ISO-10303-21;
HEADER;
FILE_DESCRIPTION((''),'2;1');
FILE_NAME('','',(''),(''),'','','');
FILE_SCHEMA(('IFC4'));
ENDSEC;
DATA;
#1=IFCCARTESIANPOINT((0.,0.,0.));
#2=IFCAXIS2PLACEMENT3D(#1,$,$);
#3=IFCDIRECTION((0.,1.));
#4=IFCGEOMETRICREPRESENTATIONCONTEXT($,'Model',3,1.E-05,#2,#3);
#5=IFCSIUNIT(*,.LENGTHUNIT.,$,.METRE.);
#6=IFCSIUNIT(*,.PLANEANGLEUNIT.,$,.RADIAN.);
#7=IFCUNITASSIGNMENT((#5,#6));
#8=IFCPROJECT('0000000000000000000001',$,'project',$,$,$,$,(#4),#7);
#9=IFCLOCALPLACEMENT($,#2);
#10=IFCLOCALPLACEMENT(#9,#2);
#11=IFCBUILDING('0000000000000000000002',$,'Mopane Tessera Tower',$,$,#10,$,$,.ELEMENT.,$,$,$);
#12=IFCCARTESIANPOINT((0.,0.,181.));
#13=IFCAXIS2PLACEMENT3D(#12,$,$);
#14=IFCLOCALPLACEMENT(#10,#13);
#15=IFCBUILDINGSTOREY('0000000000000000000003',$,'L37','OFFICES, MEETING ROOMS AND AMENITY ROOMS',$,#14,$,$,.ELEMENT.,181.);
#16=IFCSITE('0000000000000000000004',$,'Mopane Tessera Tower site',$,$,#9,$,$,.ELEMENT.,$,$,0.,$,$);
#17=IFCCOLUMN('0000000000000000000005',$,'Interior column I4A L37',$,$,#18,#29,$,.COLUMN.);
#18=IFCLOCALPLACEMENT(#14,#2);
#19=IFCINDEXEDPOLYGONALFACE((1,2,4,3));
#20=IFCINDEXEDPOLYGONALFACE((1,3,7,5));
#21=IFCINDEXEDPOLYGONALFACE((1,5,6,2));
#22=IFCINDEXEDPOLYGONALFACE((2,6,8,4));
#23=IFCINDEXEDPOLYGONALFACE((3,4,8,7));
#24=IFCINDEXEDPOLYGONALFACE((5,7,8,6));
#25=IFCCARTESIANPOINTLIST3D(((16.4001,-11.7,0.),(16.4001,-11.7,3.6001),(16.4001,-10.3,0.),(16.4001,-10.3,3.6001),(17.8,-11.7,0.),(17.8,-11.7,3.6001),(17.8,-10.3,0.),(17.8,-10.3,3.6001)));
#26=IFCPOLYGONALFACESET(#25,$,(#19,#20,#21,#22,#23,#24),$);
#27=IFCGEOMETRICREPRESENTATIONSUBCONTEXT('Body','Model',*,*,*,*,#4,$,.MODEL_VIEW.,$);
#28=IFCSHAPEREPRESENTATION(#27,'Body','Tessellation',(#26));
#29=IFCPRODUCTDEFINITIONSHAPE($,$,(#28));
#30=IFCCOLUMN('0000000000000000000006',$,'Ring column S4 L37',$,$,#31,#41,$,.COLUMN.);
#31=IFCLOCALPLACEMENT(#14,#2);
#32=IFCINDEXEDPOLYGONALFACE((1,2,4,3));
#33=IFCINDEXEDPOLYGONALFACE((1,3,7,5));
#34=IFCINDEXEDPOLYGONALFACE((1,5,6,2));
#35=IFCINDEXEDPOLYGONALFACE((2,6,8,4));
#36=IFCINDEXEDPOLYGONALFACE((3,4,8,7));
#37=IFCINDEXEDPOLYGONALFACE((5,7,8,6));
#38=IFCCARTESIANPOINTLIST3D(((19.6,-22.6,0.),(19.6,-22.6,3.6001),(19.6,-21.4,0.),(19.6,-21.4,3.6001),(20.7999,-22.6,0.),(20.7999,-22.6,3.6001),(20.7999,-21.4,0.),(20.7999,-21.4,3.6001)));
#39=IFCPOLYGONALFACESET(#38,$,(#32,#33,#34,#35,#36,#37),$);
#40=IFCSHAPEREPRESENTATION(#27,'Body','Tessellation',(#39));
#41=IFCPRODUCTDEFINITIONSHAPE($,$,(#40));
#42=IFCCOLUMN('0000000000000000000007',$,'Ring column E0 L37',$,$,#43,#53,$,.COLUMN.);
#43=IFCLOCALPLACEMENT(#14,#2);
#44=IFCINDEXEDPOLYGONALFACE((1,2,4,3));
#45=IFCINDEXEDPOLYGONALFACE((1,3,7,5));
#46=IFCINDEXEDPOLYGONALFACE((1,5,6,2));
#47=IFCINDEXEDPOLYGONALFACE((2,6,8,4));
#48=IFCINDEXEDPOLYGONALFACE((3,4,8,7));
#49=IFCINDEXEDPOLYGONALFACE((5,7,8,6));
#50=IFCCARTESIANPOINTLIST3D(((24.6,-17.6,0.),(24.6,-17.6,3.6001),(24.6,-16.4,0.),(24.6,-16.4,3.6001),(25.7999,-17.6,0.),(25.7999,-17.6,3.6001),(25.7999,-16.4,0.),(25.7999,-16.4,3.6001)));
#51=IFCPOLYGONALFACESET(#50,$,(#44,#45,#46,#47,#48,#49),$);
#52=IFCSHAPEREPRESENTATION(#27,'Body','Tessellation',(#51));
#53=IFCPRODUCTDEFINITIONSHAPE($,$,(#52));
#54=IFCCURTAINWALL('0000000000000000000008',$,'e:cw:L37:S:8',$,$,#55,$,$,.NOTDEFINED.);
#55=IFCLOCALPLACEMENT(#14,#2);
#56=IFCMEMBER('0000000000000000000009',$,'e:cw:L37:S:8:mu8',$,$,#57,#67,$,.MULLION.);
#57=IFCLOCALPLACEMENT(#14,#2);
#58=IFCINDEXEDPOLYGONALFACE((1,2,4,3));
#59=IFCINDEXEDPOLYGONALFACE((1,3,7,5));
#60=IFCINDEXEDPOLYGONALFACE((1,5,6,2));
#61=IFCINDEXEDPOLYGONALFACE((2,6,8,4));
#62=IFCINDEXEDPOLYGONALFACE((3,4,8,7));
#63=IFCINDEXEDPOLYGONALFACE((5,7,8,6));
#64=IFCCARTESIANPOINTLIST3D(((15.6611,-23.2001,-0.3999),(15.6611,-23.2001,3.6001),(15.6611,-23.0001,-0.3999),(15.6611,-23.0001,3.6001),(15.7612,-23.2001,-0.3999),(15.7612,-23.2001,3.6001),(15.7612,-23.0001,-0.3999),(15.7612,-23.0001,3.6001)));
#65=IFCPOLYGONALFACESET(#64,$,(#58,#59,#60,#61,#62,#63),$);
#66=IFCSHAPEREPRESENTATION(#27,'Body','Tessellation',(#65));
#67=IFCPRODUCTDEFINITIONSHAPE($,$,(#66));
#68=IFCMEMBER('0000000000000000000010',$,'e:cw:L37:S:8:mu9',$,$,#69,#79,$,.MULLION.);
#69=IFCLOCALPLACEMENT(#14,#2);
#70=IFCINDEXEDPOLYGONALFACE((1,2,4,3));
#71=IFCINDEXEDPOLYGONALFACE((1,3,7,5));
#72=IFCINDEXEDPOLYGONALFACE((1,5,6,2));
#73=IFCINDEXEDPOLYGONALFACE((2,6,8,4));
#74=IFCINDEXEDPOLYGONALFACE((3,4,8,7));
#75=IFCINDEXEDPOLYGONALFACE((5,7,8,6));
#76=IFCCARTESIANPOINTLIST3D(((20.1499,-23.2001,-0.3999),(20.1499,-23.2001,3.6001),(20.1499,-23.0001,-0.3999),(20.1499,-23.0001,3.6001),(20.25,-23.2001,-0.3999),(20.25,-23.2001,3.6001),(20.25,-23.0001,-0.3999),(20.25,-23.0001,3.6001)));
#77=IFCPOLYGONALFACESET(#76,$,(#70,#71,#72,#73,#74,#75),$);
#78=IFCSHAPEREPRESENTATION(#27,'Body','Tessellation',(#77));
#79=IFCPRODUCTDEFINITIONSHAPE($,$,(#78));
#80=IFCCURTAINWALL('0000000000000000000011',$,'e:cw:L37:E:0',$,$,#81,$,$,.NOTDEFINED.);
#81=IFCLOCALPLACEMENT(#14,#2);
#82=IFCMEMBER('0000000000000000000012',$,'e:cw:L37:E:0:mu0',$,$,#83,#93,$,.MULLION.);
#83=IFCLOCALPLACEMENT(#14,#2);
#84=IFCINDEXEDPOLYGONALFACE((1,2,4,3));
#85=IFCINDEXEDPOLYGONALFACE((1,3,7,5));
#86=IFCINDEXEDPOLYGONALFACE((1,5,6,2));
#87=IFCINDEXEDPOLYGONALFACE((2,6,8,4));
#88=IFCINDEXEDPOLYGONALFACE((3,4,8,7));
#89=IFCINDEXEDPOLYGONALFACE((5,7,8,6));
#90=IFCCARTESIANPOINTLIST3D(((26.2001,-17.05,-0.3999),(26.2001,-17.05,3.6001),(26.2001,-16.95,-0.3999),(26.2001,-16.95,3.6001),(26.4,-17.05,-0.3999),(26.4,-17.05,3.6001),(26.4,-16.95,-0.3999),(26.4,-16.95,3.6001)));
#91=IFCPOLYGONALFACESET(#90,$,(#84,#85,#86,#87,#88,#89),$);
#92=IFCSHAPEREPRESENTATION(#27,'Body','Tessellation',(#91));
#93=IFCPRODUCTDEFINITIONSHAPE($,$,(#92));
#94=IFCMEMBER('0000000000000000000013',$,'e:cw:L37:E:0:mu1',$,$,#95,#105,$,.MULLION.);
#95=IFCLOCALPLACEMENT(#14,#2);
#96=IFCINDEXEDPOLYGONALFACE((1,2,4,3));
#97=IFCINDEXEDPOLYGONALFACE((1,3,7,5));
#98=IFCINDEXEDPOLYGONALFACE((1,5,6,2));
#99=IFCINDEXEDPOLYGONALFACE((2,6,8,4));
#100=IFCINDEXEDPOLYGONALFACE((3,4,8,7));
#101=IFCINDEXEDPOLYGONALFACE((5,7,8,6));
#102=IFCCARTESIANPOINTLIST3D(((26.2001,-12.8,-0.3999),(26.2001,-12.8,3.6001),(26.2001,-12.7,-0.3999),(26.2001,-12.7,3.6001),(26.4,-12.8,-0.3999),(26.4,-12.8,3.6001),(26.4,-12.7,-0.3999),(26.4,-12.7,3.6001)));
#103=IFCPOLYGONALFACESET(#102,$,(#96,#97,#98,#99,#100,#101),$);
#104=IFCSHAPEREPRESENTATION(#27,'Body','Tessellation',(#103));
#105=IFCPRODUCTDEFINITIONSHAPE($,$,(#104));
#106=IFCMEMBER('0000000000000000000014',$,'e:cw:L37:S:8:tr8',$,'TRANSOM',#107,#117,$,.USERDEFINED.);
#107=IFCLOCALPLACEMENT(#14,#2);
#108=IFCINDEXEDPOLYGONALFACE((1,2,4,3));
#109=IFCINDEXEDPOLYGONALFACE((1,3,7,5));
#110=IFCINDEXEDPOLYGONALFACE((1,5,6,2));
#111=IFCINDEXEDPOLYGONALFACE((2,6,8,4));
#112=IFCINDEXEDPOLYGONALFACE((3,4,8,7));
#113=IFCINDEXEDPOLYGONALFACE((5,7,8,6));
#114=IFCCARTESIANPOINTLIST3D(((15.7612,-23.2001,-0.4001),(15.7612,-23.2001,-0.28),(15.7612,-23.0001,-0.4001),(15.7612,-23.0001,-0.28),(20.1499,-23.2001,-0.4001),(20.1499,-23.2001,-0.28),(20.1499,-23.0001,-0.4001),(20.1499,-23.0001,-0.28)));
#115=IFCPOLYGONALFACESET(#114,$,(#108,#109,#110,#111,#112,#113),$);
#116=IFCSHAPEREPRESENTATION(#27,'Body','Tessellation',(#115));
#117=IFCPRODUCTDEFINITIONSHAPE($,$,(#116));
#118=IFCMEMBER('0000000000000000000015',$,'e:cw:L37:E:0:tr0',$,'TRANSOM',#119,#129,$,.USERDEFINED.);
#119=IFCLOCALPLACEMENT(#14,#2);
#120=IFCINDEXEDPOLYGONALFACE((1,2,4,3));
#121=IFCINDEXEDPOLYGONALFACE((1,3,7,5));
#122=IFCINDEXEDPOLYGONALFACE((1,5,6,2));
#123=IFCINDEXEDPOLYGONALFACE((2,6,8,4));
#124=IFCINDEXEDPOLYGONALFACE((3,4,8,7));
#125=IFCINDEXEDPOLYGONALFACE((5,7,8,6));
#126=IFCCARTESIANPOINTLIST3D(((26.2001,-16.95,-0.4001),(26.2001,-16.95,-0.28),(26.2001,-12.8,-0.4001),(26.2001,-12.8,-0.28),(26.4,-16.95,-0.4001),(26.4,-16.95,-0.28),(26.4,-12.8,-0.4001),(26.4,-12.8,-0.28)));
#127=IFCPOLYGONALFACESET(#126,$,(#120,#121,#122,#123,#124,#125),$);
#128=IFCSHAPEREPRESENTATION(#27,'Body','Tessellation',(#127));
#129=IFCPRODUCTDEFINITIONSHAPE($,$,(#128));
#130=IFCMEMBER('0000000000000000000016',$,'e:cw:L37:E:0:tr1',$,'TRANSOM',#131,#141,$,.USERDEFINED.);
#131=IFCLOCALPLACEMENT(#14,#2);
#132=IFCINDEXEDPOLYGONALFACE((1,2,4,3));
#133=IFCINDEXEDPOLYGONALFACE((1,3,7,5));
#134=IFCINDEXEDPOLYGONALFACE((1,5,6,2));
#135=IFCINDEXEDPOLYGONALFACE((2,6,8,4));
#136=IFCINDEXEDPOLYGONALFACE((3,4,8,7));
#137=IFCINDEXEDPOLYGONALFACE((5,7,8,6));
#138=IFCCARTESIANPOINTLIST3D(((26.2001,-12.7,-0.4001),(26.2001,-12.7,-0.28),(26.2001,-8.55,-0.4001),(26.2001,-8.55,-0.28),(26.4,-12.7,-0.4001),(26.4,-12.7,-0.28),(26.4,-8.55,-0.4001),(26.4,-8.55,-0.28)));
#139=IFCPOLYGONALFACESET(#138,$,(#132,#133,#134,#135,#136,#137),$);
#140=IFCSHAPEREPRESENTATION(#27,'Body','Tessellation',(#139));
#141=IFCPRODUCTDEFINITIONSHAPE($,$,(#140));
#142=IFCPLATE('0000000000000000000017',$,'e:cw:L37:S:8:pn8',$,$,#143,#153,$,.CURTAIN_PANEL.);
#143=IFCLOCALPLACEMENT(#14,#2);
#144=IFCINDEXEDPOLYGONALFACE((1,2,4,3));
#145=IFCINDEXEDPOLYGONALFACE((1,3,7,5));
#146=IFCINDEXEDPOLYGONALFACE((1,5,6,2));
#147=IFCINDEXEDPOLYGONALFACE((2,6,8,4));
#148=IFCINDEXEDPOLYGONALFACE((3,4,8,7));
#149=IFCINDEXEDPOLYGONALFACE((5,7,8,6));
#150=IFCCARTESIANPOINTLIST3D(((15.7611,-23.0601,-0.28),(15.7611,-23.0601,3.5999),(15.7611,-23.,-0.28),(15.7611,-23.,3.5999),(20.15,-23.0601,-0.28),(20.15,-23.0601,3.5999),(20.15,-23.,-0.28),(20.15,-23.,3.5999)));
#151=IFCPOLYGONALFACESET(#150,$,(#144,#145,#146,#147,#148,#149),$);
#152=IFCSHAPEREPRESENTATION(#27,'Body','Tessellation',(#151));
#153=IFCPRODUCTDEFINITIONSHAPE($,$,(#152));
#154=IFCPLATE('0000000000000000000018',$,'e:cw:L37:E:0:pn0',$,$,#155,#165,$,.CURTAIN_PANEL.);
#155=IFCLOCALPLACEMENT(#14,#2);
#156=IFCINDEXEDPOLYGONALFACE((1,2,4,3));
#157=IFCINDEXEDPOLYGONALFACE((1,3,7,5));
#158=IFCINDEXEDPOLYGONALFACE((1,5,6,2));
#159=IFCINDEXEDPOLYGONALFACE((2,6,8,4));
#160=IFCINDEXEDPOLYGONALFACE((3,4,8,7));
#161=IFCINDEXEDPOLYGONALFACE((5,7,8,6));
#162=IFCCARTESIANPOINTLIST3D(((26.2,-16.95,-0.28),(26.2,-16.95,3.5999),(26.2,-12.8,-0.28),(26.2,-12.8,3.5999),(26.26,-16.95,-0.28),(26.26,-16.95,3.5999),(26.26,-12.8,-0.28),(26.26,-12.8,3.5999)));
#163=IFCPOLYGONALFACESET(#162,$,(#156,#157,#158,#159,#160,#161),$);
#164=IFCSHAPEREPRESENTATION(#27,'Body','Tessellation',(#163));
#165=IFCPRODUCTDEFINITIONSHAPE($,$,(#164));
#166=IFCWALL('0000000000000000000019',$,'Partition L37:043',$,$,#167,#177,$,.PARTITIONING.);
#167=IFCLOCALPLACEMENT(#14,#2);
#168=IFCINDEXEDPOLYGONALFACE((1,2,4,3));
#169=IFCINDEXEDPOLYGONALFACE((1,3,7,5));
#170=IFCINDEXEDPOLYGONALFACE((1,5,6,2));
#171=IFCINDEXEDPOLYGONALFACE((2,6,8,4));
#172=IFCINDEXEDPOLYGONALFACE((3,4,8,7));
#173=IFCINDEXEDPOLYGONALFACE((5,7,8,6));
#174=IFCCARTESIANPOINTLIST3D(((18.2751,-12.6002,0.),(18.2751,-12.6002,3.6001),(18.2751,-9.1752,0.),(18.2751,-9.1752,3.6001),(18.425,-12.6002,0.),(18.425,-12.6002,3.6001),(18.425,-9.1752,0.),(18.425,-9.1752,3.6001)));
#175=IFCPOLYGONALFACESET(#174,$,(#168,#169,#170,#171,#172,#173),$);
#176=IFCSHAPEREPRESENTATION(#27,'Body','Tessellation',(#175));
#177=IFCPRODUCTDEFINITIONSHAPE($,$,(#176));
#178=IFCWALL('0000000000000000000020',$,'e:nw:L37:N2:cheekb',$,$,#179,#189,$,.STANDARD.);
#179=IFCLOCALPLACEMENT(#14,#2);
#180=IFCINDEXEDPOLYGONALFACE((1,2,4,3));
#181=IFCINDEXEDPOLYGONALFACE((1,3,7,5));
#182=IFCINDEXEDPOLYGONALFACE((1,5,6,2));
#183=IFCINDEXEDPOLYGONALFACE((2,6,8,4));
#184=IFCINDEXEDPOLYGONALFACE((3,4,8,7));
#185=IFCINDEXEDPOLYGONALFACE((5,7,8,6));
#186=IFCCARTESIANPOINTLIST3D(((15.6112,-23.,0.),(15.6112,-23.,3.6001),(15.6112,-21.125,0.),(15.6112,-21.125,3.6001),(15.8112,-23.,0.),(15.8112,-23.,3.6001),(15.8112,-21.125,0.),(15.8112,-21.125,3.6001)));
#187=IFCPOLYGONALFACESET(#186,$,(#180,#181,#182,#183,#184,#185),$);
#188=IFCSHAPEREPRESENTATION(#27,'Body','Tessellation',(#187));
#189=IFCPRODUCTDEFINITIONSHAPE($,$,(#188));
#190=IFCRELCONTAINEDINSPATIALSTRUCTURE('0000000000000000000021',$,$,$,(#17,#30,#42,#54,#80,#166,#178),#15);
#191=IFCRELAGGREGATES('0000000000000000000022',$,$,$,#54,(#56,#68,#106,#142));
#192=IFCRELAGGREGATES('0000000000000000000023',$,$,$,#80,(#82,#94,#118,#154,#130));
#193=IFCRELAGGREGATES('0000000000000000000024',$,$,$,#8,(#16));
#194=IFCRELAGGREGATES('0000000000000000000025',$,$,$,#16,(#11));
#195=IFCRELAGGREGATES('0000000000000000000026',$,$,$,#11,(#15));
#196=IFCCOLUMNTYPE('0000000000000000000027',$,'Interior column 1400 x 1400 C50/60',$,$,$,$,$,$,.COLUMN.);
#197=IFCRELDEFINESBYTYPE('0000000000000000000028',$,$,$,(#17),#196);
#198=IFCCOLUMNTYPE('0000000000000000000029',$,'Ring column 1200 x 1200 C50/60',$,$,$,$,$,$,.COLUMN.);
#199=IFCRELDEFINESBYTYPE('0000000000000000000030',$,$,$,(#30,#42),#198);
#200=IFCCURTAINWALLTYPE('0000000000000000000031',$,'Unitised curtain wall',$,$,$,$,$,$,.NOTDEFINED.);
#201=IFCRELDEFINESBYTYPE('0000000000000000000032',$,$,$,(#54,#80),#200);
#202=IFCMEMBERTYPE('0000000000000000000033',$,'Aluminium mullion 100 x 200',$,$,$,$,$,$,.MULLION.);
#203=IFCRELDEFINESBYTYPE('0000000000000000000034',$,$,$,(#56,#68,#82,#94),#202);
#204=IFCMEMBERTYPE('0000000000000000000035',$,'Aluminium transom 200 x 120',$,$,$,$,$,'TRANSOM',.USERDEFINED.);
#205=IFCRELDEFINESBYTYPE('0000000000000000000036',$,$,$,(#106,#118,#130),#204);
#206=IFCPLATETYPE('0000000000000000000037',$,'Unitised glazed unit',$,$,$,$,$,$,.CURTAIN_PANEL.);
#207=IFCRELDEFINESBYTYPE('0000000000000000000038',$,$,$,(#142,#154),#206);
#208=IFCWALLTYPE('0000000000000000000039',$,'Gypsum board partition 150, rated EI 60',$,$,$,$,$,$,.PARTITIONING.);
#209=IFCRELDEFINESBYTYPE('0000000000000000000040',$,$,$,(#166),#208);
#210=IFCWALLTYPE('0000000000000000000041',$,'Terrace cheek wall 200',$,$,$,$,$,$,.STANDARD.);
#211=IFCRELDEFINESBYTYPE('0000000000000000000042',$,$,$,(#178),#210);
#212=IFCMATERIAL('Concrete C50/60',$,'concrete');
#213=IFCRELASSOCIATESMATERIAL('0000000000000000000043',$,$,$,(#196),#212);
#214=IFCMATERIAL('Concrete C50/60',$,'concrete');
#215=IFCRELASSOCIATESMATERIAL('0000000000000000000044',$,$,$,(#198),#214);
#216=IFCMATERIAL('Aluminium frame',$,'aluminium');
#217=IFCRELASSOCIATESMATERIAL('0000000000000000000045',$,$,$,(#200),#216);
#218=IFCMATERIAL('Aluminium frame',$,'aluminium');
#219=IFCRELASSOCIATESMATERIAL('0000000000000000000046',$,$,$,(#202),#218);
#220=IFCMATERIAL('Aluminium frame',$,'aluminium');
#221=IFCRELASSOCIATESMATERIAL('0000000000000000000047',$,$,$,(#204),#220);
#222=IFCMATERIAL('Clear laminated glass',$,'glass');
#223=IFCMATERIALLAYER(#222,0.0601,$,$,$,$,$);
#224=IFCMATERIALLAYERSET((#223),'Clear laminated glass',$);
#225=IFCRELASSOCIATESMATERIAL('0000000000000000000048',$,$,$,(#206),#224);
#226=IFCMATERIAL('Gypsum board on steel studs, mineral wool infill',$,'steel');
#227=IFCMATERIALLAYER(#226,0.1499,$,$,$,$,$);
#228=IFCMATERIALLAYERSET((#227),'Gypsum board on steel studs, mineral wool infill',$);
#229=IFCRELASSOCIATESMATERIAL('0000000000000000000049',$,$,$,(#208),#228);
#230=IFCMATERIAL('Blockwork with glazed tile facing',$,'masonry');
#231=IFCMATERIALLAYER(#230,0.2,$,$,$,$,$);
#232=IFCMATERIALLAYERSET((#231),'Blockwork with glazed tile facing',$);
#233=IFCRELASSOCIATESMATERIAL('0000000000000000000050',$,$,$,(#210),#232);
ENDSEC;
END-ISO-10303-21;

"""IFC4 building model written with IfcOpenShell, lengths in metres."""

from ifc_helpers import new_model, si_unit, direction, frame, frame_2d, origin, origin_2d, place, context, subcontext, project, spatial, rectangle, extrude, material, layer, layer_set, material_profile, profile_set, type_object, element, aggregate, save


model = new_model("IFC4")

# Units and contexts
model_context = context("Model", 3, precision=1e-05, world=origin(), true_north=direction((0.0, 1.0)))
body_context = subcontext(model_context, "Body", "Model", "MODEL_VIEW")
ifc_project = project(units=[si_unit("LENGTHUNIT", "METRE"), si_unit("PLANEANGLEUNIT", "RADIAN")], contexts=[model_context])

# Site, building, storey
site_placement = place(None, origin())
site = spatial("IfcSite", under=ifc_project, at=site_placement, Name="Mopane Tessera Tower site", CompositionType="ELEMENT", RefElevation=0.0)
building_placement = place(site_placement, origin())
building = spatial("IfcBuilding", under=site, at=building_placement, Name="Mopane Tessera Tower", CompositionType="ELEMENT")
storey_placement = place(building_placement, frame((0.0, 0.0, 181.0)))
storey = spatial("IfcBuildingStorey", under=building, at=storey_placement, Name="L37", Description="OFFICES, MEETING ROOMS AND AMENITY ROOMS", CompositionType="ELEMENT", Elevation=181.0)

# Columns
ifc_material_1 = material(Name="Concrete C50/60", Category="concrete")
ifc_material_profile_1 = material_profile(ifc_material_1, rectangle(XDim=1.3999, YDim=1.3999, at=origin_2d()))
ifc_profile_set_1 = profile_set([ifc_material_profile_1], Name="Concrete C50/60")
column_type_1 = type_object("IfcColumnType", Name="Interior column 1400 x 1400 C50/60", PredefinedType="COLUMN", material=ifc_profile_set_1)
column_placement = place(storey_placement, frame((17.1001, -11.0, 0.0), z_axis=(0.0, 0.0, 1.0), x_axis=(1.0, 0.0, 0.0)))
element("IfcColumn", 1, at=column_placement, inside=storey, type_object=column_type_1, Name="Interior column I4A L37", PredefinedType="COLUMN", context=body_context, shape_type="SweptSolid", body=[
    extrude(rectangle(XDim=1.3999, YDim=1.3999, at=origin_2d()), origin(), (0.0, 0.0, 1.0), 3.6001),
])
ifc_material_2 = material(Name="Concrete C50/60", Category="concrete")
ifc_material_profile_2 = material_profile(ifc_material_2, rectangle(XDim=1.2, YDim=1.2, at=origin_2d()))
ifc_profile_set_2 = profile_set([ifc_material_profile_2], Name="Concrete C50/60")
column_type_2 = type_object("IfcColumnType", Name="Ring column 1200 x 1200 C50/60", PredefinedType="COLUMN", material=ifc_profile_set_2)
for number, where, z_axis, x_axis, name in (
    (2, (20.2, -22.0, 0.0), (0.0, 0.0, 1.0), (1.0, 0.0, 0.0), "Ring column S4 L37"),
    (3, (25.2, -17.0, 0.0), (0.0, 0.0, 1.0), (1.0, 0.0, 0.0), "Ring column E0 L37"),
):
    element("IfcColumn", number, at=place(storey_placement, frame(where, z_axis=z_axis, x_axis=x_axis)), inside=storey, type_object=column_type_2, Name=name, PredefinedType="COLUMN", context=body_context, shape_type="SweptSolid", body=[
        extrude(rectangle(XDim=1.2, YDim=1.2, at=origin_2d()), origin(), (0.0, 0.0, 1.0), 3.6001),
    ])

# Curtain walls, members
ifc_material_3 = material(Name="Aluminium frame", Category="aluminium")
curtain_wall_type = type_object("IfcCurtainWallType", Name="Unitised curtain wall", PredefinedType="NOTDEFINED", material=ifc_material_3)
curtain_wall_1_placement = place(storey_placement, origin())
curtain_wall_1 = element("IfcCurtainWall", 4, at=curtain_wall_1_placement, inside=storey, type_object=curtain_wall_type, Name="e:cw:L37:S:8", PredefinedType="NOTDEFINED")
ifc_material_4 = material(Name="Aluminium frame", Category="aluminium")
ifc_material_profile_3 = material_profile(ifc_material_4, rectangle(XDim=0.1001, YDim=0.2, at=origin_2d()))
ifc_profile_set_3 = profile_set([ifc_material_profile_3], Name="Aluminium frame")
member_type_1 = type_object("IfcMemberType", Name="Aluminium mullion 100 x 200", PredefinedType="MULLION", material=ifc_profile_set_3)
member_1_placement = place(storey_placement, frame((15.7112, -23.1001, -0.3999), z_axis=(0.0, 0.0, 1.0), x_axis=(1.0, 0.0, 0.0)))
member_1 = element("IfcMember", 5, at=member_1_placement, type_object=member_type_1, Name="e:cw:L37:S:8:mu8", PredefinedType="MULLION", context=body_context, shape_type="SweptSolid", body=[
    extrude(rectangle(XDim=0.1001, YDim=0.2, at=origin_2d()), origin(), (0.0, 0.0, 1.0), 4.0),
])
member_2_placement = place(storey_placement, frame((20.2, -23.1001, -0.3999), z_axis=(0.0, 0.0, 1.0), x_axis=(1.0, 0.0, 0.0)))
member_2 = element("IfcMember", 6, at=member_2_placement, type_object=member_type_1, Name="e:cw:L37:S:8:mu9", PredefinedType="MULLION", context=body_context, shape_type="SweptSolid", body=[
    extrude(rectangle(XDim=0.1001, YDim=0.2, at=origin_2d()), origin(), (0.0, 0.0, 1.0), 4.0),
])
curtain_wall_2_placement = place(storey_placement, origin())
curtain_wall_2 = element("IfcCurtainWall", 7, at=curtain_wall_2_placement, inside=storey, type_object=curtain_wall_type, Name="e:cw:L37:E:0", PredefinedType="NOTDEFINED")
member_3_placement = place(storey_placement, frame((26.3, -17.0, -0.3999), z_axis=(0.0, 0.0, 1.0), x_axis=(0.0, 1.0, 0.0)))
member_3 = element("IfcMember", 8, at=member_3_placement, type_object=member_type_1, Name="e:cw:L37:E:0:mu0", PredefinedType="MULLION", context=body_context, shape_type="SweptSolid", body=[
    extrude(rectangle(XDim=0.1001, YDim=0.2, at=origin_2d()), origin(), (0.0, 0.0, 1.0), 4.0),
])
member_4_placement = place(storey_placement, frame((26.3, -12.75, -0.3999), z_axis=(0.0, 0.0, 1.0), x_axis=(0.0, 1.0, 0.0)))
member_4 = element("IfcMember", 9, at=member_4_placement, type_object=member_type_1, Name="e:cw:L37:E:0:mu1", PredefinedType="MULLION", context=body_context, shape_type="SweptSolid", body=[
    extrude(rectangle(XDim=0.1001, YDim=0.2, at=origin_2d()), origin(), (0.0, 0.0, 1.0), 4.0),
])

# Members
ifc_material_5 = material(Name="Aluminium frame", Category="aluminium")
ifc_material_profile_4 = material_profile(ifc_material_5, rectangle(XDim=0.2, YDim=0.1201, at=origin_2d()))
ifc_profile_set_4 = profile_set([ifc_material_profile_4], Name="Aluminium frame")
member_type_2 = type_object("IfcMemberType", Name="Aluminium transom 200 x 120", ElementType="TRANSOM", PredefinedType="USERDEFINED", material=ifc_profile_set_4)
member_5_placement = place(storey_placement, frame((15.7612, -23.1001, -0.3401), z_axis=(1.0, 0.0, 0.0), x_axis=(0.0, 1.0, 0.0)))
member_5 = element("IfcMember", 10, at=member_5_placement, type_object=member_type_2, Name="e:cw:L37:S:8:tr8", ObjectType="TRANSOM", PredefinedType="USERDEFINED", context=body_context, shape_type="SweptSolid", body=[
    extrude(rectangle(XDim=0.2, YDim=0.1201, at=origin_2d()), origin(), (0.0, 0.0, 1.0), 4.3887),
])
member_6_placement = place(storey_placement, frame((26.3, -16.95, -0.3401), z_axis=(0.0, 1.0, 0.0), x_axis=(-1.0, 0.0, 0.0)))
member_6 = element("IfcMember", 11, at=member_6_placement, type_object=member_type_2, Name="e:cw:L37:E:0:tr0", ObjectType="TRANSOM", PredefinedType="USERDEFINED", context=body_context, shape_type="SweptSolid", body=[
    extrude(rectangle(XDim=0.2, YDim=0.1201, at=origin_2d()), origin(), (0.0, 0.0, 1.0), 4.1499),
])
member_7_placement = place(storey_placement, frame((26.3, -12.7, -0.3401), z_axis=(0.0, 1.0, 0.0), x_axis=(-1.0, 0.0, 0.0)))
member_7 = element("IfcMember", 12, at=member_7_placement, type_object=member_type_2, Name="e:cw:L37:E:0:tr1", ObjectType="TRANSOM", PredefinedType="USERDEFINED", context=body_context, shape_type="SweptSolid", body=[
    extrude(rectangle(XDim=0.2, YDim=0.1201, at=origin_2d()), origin(), (0.0, 0.0, 1.0), 4.1499),
])

# Plates
ifc_material_6 = material(Name="Clear laminated glass", Category="glass")
ifc_layer_1 = layer(ifc_material_6, 0.0601)
ifc_layer_set_1 = layer_set([ifc_layer_1], Name="Clear laminated glass")
plate_type = type_object("IfcPlateType", Name="Unitised glazed unit", PredefinedType="CURTAIN_PANEL", material=ifc_layer_set_1)
plate_1_placement = place(storey_placement, frame((17.9556, -23.03, -0.28), z_axis=(0.0, 0.0, 1.0), x_axis=(1.0, 0.0, 0.0)))
plate_1 = element("IfcPlate", 13, at=plate_1_placement, type_object=plate_type, Name="e:cw:L37:S:8:pn8", PredefinedType="CURTAIN_PANEL", context=body_context, shape_type="SweptSolid", body=[
    extrude(rectangle(XDim=4.3889, YDim=0.0601, at=origin_2d()), origin(), (0.0, 0.0, 1.0), 3.8799),
])
aggregate(curtain_wall_1, [member_1, member_2, member_5, plate_1])
plate_2_placement = place(storey_placement, frame((26.23, -14.875, -0.28), z_axis=(0.0, 0.0, 1.0), x_axis=(0.0, 1.0, 0.0)))
plate_2 = element("IfcPlate", 14, at=plate_2_placement, type_object=plate_type, Name="e:cw:L37:E:0:pn0", PredefinedType="CURTAIN_PANEL", context=body_context, shape_type="SweptSolid", body=[
    extrude(rectangle(XDim=4.1499, YDim=0.0601, at=origin_2d()), origin(), (0.0, 0.0, 1.0), 3.8799),
])
aggregate(curtain_wall_2, [member_3, member_4, member_6, plate_2, member_7])

# Walls
ifc_material_7 = material(Name="Gypsum board on steel studs, mineral wool infill", Category="steel")
ifc_layer_2 = layer(ifc_material_7, 0.1499)
ifc_layer_set_2 = layer_set([ifc_layer_2], Name="Gypsum board on steel studs, mineral wool infill")
wall_type_1 = type_object("IfcWallType", Name="Gypsum board partition 150, rated EI 60", PredefinedType="PARTITIONING", material=ifc_layer_set_2)
wall_1_placement = place(storey_placement, frame((18.3501, -12.6001, 0.0), z_axis=(0.0, 0.0, 1.0), x_axis=(0.0, 1.0, 0.0)))
element("IfcWall", 15, at=wall_1_placement, inside=storey, type_object=wall_type_1, Name="Partition L37:043", PredefinedType="PARTITIONING", context=body_context, shape_type="SweptSolid", body=[
    extrude(rectangle(XDim=3.425, YDim=0.1499, at=frame_2d((1.7124, 0.0))), origin(), (0.0, 0.0, 1.0), 3.6001),
])
ifc_material_8 = material(Name="Blockwork with glazed tile facing", Category="masonry")
ifc_layer_3 = layer(ifc_material_8, 0.2)
ifc_layer_set_3 = layer_set([ifc_layer_3], Name="Blockwork with glazed tile facing")
wall_type_2 = type_object("IfcWallType", Name="Terrace cheek wall 200", PredefinedType="STANDARD", material=ifc_layer_set_3)
wall_2_placement = place(storey_placement, frame((15.7112, -23.0, 0.0), z_axis=(0.0, 0.0, 1.0), x_axis=(0.0, 1.0, 0.0)))
element("IfcWall", 16, at=wall_2_placement, inside=storey, type_object=wall_type_2, Name="e:nw:L37:N2:cheekb", PredefinedType="STANDARD", context=body_context, shape_type="SweptSolid", body=[
    extrude(rectangle(XDim=1.875, YDim=0.2, at=frame_2d((0.9375, 0.0))), origin(), (0.0, 0.0, 1.0), 3.6001),
])

save(model, "model.ifc")
